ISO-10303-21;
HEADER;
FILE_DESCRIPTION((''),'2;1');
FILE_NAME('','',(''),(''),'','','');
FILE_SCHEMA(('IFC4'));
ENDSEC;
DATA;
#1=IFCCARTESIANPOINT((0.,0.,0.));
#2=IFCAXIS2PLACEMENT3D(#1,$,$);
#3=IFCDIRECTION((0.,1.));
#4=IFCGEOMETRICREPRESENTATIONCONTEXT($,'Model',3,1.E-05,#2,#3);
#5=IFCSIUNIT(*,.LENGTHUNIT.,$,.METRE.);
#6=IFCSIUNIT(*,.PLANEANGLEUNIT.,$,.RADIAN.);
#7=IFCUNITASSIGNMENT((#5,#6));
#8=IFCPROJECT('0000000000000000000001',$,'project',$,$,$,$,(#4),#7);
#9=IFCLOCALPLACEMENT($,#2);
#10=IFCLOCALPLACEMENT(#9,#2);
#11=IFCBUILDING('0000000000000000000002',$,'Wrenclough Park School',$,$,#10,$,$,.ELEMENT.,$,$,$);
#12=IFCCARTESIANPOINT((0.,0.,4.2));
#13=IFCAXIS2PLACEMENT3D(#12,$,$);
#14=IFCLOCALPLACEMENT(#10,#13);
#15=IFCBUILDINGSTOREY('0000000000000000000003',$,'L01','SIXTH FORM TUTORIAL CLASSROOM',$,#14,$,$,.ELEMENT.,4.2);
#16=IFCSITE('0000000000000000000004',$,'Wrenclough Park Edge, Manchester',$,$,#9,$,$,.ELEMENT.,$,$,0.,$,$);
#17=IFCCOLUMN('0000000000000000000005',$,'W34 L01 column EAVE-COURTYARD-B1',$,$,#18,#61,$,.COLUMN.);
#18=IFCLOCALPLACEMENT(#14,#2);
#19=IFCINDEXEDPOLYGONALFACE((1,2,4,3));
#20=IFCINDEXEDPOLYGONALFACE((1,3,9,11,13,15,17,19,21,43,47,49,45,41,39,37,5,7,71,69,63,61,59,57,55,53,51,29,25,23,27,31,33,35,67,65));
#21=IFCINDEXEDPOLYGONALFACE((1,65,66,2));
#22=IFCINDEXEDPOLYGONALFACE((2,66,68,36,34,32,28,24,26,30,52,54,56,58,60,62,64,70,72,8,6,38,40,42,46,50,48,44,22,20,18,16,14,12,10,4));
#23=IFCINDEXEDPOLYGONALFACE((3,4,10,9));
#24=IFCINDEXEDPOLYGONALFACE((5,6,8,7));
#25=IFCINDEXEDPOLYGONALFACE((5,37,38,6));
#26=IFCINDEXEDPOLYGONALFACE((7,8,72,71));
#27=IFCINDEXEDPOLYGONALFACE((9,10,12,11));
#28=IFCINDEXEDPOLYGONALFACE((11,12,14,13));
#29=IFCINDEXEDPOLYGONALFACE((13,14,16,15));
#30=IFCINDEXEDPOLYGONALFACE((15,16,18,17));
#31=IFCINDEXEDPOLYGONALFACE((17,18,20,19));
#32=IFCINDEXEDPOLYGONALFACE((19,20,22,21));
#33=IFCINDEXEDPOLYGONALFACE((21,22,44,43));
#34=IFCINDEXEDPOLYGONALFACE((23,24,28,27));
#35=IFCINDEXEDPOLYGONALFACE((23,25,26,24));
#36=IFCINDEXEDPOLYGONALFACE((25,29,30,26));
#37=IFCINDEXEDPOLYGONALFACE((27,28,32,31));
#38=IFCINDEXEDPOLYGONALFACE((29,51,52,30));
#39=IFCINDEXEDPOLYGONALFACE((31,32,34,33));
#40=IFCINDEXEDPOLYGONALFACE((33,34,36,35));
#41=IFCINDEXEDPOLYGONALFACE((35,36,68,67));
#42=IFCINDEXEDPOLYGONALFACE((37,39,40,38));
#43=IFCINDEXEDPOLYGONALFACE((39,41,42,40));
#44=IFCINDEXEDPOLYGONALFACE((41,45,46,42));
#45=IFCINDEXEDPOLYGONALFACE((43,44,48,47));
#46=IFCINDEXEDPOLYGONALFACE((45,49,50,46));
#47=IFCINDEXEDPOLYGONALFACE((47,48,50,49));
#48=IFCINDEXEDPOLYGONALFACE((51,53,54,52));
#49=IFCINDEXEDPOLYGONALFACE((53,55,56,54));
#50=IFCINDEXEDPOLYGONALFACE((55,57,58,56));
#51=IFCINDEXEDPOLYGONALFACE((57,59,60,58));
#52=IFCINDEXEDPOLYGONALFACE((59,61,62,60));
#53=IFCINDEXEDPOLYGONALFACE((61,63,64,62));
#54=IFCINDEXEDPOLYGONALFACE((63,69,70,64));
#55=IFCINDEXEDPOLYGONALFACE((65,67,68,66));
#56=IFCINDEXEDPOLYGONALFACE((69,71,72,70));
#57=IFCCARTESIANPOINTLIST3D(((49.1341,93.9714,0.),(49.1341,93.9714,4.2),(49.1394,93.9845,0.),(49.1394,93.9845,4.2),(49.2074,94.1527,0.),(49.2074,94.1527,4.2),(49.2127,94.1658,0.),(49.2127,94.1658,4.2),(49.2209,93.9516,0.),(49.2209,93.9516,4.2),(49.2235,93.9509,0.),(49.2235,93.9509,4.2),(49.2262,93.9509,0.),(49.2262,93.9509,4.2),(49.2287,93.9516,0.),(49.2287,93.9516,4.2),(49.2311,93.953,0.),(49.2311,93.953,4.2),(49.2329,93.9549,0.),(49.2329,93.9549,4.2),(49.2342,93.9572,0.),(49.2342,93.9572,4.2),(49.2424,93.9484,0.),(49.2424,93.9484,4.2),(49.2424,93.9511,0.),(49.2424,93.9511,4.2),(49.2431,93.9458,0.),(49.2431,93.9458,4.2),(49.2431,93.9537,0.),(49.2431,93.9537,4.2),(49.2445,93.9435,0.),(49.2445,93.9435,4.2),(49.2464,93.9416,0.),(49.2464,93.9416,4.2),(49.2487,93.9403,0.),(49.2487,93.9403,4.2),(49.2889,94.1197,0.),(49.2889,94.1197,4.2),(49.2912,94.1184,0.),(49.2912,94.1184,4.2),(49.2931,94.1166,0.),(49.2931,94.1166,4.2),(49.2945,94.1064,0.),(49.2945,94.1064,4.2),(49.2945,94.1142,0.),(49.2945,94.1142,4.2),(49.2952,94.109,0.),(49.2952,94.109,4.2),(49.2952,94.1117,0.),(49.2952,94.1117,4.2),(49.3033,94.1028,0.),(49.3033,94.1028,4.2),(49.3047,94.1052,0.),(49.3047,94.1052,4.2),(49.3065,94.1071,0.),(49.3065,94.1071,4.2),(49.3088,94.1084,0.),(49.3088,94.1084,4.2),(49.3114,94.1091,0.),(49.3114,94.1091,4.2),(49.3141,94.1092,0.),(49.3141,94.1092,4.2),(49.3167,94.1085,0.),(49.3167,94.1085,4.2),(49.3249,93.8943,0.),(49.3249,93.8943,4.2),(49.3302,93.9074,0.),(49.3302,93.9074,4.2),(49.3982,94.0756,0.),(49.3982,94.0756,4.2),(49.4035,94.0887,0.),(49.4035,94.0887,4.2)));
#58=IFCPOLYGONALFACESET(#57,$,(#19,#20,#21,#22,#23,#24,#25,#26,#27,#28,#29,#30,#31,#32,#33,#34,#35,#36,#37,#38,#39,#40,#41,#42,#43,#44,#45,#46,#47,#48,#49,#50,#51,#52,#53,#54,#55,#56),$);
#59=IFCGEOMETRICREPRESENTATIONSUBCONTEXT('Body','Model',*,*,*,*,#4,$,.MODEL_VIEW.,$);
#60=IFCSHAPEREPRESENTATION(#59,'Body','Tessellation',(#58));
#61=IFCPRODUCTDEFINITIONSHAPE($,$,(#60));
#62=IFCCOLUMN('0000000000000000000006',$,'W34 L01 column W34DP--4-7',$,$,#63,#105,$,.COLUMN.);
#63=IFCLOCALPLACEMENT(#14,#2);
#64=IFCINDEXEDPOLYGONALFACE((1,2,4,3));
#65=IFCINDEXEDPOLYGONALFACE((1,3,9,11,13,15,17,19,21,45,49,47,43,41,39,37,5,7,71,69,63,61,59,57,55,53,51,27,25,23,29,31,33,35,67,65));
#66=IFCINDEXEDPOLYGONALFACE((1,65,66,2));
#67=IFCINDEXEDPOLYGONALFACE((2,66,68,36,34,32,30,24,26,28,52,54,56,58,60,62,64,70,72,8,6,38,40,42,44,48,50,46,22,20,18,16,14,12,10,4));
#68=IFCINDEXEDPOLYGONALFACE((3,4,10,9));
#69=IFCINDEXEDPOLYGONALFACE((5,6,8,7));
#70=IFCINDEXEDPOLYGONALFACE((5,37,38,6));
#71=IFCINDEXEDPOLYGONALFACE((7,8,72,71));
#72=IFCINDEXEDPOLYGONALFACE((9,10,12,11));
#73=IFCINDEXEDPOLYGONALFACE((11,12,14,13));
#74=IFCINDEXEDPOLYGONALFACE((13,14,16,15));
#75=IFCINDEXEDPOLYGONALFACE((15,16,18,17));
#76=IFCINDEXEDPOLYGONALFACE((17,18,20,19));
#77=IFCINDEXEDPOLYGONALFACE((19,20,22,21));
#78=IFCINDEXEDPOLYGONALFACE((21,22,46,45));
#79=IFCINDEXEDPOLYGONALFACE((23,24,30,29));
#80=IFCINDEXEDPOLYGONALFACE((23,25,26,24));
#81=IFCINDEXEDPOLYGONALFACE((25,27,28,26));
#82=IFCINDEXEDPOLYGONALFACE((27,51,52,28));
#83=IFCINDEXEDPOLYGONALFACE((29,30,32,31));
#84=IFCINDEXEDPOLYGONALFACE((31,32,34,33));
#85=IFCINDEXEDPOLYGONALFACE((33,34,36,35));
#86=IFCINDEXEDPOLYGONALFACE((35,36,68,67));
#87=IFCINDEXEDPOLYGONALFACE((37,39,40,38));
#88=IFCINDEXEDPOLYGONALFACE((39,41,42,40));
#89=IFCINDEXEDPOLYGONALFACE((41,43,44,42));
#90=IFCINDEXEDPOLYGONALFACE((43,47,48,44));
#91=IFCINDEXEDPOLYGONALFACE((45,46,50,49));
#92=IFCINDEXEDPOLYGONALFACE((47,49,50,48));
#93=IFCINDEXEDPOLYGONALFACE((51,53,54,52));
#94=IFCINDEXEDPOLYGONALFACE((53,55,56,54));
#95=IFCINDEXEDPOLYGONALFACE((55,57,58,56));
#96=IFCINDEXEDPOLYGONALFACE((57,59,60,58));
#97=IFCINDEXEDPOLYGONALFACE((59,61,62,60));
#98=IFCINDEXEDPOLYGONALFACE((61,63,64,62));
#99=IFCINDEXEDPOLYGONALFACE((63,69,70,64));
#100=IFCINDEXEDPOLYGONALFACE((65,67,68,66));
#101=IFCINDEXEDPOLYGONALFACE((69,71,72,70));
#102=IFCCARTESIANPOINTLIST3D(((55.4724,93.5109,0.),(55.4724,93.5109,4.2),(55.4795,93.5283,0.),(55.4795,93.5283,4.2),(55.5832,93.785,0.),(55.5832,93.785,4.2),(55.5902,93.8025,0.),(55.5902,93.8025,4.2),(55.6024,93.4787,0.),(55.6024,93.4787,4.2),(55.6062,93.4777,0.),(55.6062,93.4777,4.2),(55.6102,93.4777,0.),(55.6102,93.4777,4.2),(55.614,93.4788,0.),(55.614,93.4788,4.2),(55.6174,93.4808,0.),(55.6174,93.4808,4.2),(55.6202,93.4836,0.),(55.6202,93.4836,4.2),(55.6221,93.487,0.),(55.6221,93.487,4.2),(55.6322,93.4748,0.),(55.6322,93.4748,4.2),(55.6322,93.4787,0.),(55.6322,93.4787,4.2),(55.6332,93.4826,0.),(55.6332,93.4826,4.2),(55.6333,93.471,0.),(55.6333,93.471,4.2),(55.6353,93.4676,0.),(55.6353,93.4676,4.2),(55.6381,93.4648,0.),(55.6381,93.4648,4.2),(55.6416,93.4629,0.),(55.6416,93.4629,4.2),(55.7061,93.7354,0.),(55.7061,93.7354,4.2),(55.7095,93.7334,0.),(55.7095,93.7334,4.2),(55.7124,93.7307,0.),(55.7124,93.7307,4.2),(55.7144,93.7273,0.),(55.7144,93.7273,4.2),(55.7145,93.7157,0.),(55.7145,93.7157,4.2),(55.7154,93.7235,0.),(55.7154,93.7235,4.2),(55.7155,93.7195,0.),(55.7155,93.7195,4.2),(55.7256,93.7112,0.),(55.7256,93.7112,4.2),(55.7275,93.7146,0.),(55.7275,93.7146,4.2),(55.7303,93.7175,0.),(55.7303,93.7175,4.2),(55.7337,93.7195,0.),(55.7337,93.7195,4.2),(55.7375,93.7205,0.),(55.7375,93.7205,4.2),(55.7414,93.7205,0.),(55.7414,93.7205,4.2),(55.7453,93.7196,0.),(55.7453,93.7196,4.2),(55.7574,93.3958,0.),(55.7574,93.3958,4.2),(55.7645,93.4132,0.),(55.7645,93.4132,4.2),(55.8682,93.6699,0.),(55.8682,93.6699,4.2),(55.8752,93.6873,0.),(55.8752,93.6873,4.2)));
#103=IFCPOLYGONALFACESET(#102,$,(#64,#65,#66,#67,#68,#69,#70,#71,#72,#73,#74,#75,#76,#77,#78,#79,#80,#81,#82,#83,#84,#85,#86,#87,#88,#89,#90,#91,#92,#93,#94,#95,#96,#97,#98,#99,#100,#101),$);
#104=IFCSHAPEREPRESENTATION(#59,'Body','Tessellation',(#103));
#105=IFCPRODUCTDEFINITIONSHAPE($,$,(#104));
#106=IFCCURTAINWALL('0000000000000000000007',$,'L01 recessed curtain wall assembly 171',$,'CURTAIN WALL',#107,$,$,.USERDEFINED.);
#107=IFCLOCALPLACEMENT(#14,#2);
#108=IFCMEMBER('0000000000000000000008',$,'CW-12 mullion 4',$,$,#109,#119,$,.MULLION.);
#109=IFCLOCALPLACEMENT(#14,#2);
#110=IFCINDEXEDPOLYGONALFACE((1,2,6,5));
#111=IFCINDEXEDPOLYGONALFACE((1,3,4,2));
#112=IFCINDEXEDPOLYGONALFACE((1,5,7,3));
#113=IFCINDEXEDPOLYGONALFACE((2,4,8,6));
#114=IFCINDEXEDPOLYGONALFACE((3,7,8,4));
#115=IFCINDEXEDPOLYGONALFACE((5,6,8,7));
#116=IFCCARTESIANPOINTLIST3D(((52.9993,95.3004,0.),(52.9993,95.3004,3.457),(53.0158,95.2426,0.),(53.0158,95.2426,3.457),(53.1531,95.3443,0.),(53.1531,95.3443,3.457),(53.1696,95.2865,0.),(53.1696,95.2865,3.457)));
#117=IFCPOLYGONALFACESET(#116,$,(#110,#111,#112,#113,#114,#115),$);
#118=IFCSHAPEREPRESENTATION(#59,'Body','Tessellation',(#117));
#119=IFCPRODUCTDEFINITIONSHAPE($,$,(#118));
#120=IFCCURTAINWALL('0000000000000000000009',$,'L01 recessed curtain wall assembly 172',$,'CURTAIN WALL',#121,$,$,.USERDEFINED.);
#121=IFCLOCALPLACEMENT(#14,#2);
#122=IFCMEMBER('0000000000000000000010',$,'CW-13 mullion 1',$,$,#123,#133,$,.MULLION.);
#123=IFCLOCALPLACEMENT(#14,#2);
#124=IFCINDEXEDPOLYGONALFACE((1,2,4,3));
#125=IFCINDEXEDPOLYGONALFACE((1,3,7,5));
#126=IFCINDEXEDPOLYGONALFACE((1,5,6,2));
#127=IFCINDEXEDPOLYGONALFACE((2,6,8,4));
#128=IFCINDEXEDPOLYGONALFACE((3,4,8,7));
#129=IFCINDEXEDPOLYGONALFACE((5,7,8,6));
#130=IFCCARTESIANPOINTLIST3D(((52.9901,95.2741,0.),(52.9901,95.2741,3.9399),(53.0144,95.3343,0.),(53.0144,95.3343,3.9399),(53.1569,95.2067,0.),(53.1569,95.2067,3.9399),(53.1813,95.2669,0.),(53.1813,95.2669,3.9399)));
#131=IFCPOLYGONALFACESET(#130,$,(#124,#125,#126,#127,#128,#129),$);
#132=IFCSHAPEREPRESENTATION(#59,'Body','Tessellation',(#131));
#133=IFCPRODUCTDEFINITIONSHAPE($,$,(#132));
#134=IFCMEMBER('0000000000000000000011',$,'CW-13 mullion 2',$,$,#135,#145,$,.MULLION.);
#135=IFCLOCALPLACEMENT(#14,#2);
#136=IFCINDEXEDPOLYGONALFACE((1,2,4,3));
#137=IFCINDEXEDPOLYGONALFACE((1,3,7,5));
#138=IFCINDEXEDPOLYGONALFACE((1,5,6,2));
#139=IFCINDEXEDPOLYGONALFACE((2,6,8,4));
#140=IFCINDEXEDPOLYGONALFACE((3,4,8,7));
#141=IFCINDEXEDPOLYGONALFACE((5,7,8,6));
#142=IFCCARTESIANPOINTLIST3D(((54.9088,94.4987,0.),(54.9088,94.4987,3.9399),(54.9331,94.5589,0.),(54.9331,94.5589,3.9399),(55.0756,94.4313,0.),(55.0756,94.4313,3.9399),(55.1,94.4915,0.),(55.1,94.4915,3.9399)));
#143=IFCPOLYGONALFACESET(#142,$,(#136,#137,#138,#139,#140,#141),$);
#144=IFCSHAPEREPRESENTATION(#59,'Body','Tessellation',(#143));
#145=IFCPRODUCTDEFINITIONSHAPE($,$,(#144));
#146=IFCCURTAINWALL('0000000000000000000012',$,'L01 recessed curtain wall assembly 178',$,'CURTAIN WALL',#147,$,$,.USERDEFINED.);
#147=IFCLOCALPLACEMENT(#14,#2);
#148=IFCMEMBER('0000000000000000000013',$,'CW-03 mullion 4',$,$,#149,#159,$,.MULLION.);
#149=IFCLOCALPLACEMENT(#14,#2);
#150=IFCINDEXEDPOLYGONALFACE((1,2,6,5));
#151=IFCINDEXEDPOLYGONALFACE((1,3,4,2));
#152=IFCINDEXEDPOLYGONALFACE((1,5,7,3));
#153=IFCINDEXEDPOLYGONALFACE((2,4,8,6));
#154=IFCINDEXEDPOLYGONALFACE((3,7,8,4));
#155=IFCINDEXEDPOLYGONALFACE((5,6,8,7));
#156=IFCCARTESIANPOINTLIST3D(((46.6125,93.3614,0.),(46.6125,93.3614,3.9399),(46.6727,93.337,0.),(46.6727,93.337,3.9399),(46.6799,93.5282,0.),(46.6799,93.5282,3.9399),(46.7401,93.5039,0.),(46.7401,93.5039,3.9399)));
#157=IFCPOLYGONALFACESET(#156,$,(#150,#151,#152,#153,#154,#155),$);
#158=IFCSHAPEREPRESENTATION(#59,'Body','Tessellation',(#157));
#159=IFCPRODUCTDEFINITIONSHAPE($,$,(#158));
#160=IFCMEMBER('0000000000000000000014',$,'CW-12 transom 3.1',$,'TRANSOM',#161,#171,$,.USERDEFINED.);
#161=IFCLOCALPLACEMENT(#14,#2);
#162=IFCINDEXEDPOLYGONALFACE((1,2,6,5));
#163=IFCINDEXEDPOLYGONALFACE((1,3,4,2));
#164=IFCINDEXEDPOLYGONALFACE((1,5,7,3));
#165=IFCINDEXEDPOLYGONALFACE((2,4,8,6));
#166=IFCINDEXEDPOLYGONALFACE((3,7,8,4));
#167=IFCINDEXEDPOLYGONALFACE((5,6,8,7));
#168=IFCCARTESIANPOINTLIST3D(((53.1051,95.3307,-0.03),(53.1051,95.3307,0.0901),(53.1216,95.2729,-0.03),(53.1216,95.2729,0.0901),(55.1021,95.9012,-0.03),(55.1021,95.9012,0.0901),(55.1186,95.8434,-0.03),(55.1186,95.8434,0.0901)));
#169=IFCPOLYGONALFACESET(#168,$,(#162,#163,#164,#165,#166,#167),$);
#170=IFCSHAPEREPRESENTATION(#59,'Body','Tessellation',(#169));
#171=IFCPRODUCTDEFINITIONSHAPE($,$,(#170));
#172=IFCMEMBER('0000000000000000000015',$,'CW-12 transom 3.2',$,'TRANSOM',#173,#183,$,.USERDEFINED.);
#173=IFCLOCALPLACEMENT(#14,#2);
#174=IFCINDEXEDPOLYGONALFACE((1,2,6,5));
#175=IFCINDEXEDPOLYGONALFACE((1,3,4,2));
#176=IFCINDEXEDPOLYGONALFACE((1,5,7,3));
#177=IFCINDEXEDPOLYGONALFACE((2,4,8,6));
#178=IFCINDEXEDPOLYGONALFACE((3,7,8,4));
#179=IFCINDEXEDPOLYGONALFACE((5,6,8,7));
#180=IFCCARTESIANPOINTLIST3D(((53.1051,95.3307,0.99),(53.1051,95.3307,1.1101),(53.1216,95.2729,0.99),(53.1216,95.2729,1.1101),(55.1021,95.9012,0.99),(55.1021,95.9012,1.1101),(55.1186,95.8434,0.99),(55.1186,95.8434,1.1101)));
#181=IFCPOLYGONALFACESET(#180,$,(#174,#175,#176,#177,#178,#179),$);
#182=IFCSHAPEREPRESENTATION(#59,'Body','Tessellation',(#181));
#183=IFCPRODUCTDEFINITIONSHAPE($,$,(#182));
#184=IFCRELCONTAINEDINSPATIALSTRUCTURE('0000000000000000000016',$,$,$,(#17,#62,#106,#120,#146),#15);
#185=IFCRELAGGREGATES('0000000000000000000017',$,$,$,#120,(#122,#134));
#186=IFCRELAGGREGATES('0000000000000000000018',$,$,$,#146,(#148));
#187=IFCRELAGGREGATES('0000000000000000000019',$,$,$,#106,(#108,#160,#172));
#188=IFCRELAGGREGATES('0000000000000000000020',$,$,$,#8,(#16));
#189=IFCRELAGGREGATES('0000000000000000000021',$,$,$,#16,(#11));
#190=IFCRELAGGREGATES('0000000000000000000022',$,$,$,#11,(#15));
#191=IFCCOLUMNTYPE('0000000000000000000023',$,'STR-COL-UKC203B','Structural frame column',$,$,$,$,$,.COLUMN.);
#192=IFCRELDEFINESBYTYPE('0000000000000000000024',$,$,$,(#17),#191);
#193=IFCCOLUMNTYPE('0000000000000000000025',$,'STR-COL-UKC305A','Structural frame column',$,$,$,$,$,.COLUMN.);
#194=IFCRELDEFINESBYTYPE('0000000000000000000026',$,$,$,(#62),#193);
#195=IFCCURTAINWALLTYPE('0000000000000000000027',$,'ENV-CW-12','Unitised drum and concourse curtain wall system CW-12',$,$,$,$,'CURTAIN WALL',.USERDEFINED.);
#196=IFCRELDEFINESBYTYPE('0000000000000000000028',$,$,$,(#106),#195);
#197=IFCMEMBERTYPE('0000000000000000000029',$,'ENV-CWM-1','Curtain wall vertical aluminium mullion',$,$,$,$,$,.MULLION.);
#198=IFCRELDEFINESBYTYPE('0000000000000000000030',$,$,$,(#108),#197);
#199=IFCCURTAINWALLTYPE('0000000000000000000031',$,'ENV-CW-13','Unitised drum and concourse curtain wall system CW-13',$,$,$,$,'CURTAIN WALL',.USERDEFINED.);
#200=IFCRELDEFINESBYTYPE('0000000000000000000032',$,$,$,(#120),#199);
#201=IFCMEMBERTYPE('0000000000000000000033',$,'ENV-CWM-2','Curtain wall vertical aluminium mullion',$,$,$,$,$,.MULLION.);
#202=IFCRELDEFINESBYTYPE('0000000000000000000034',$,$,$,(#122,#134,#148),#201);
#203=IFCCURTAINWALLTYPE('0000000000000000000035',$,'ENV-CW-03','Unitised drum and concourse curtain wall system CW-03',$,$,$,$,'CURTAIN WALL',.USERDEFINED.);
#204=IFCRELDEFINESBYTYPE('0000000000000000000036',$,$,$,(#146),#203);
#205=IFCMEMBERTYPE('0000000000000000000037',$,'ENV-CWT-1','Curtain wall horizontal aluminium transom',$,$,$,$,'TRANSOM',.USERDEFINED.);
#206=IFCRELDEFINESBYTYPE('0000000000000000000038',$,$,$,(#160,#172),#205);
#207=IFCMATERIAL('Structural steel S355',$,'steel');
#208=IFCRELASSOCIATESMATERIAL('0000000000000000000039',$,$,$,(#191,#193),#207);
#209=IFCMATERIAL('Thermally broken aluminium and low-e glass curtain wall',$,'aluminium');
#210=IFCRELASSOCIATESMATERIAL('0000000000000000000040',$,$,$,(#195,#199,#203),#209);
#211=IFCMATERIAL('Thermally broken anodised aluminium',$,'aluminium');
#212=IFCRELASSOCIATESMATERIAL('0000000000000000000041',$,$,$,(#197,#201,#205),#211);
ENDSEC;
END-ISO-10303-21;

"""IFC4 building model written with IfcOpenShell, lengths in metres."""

from ifc_helpers import new_model, si_unit, direction, frame, origin, origin_2d, place, context, subcontext, project, spatial, rectangle, i_section, extrude, material, material_profile, profile_set, type_object, element, aggregate, save


model = new_model("IFC4")

# Units and contexts
model_context = context("Model", 3, precision=1e-05, world=origin(), true_north=direction((0.0, 1.0)))
body_context = subcontext(model_context, "Body", "Model", "MODEL_VIEW")
ifc_project = project(units=[si_unit("LENGTHUNIT", "METRE"), si_unit("PLANEANGLEUNIT", "RADIAN")], contexts=[model_context])

# Site, building, storey
site_placement = place(None, origin())
site = spatial("IfcSite", under=ifc_project, at=site_placement, Name="Wrenclough Park Edge, Manchester", CompositionType="ELEMENT", RefElevation=0.0)
building_placement = place(site_placement, origin())
building = spatial("IfcBuilding", under=site, at=building_placement, Name="Wrenclough Park School", CompositionType="ELEMENT")
storey_placement = place(building_placement, frame((0.0, 0.0, 4.2)))
storey = spatial("IfcBuildingStorey", under=building, at=storey_placement, Name="L01", Description="SIXTH FORM TUTORIAL CLASSROOM", CompositionType="ELEMENT", Elevation=4.2)

# Columns
ifc_material_1 = material(Name="Structural steel S355", Category="steel")
ifc_material_profile_1 = material_profile(ifc_material_1, i_section(OverallWidth=0.2058, OverallDepth=0.2097, WebThickness=0.0095, FlangeThickness=0.0142, FilletRadius=0.0103, at=origin_2d()), Name="UKC 203x203x60")
ifc_profile_set_1 = profile_set([ifc_material_profile_1], Name="Structural steel S355")
column_type_1 = type_object("IfcColumnType", Name="STR-COL-UKC203B", Description="Structural frame column", PredefinedType="COLUMN", material=ifc_profile_set_1)
column_1_placement = place(storey_placement, frame((49.2688, 94.03, 0.0), z_axis=(0.0, 0.0, 1.0), x_axis=(0.927184, -0.374607, 0.0)))
element("IfcColumn", 1, at=column_1_placement, inside=storey, type_object=column_type_1, Name="W34 L01 column EAVE-COURTYARD-B1", PredefinedType="COLUMN", context=body_context, shape_type="SweptSolid", body=[
    extrude(i_section(OverallWidth=0.2058, OverallDepth=0.2097, WebThickness=0.0095, FlangeThickness=0.0142, FilletRadius=0.0103, at=origin_2d()), origin(), (0.0, 0.0, 1.0), 4.2),
])
ifc_material_profile_2 = material_profile(ifc_material_1, i_section(OverallWidth=0.3074, OverallDepth=0.3145, WebThickness=0.012, FlangeThickness=0.0188, FilletRadius=0.0151, at=origin_2d()), Name="UKC 305x305x118")
ifc_profile_set_2 = profile_set([ifc_material_profile_2], Name="Structural steel S355")
column_type_2 = type_object("IfcColumnType", Name="STR-COL-UKC305A", Description="Structural frame column", PredefinedType="COLUMN", material=ifc_profile_set_2)
column_2_placement = place(storey_placement, frame((55.6738, 93.5991, 0.0), z_axis=(0.0, 0.0, 1.0), x_axis=(0.927184, -0.374607, 0.0)))
element("IfcColumn", 2, at=column_2_placement, inside=storey, type_object=column_type_2, Name="W34 L01 column W34DP--4-7", PredefinedType="COLUMN", context=body_context, shape_type="SweptSolid", body=[
    extrude(i_section(OverallWidth=0.3074, OverallDepth=0.3145, WebThickness=0.012, FlangeThickness=0.0188, FilletRadius=0.0151, at=origin_2d()), origin(), (0.0, 0.0, 1.0), 4.2),
])

# Curtain wall, member
ifc_material_2 = material(Name="Thermally broken aluminium and low-e glass curtain wall", Category="aluminium")
curtain_wall_type_1 = type_object("IfcCurtainWallType", Name="ENV-CW-12", Description="Unitised drum and concourse curtain wall system CW-12", ElementType="CURTAIN WALL", PredefinedType="USERDEFINED", material=ifc_material_2)
curtain_wall_1_placement = place(storey_placement, origin())
curtain_wall_1 = element("IfcCurtainWall", 3, at=curtain_wall_1_placement, inside=storey, type_object=curtain_wall_type_1, Name="L01 recessed curtain wall assembly 171", ObjectType="CURTAIN WALL", PredefinedType="USERDEFINED")
ifc_material_3 = material(Name="Thermally broken anodised aluminium", Category="aluminium")
ifc_material_profile_3 = material_profile(ifc_material_3, rectangle(XDim=0.0601, YDim=0.1599, at=origin_2d()), Name="AL MULLION 60x160")
ifc_profile_set_3 = profile_set([ifc_material_profile_3], Name="Thermally broken anodised aluminium")
member_type_1 = type_object("IfcMemberType", Name="ENV-CWM-1", Description="Curtain wall vertical aluminium mullion", PredefinedType="MULLION", material=ifc_profile_set_3)
member_1_placement = place(storey_placement, frame((53.0845, 95.2935, 0.0), z_axis=(0.0, 0.0, 1.0), x_axis=(0.274723, -0.961523, 0.0)))
member_1 = element("IfcMember", 4, at=member_1_placement, type_object=member_type_1, Name="CW-12 mullion 4", PredefinedType="MULLION", context=body_context, shape_type="SweptSolid", body=[
    extrude(rectangle(XDim=0.0601, YDim=0.1599, at=origin_2d()), origin(), (0.0, 0.0, 1.0), 3.457),
])

# Curtain wall, members
curtain_wall_type_2 = type_object("IfcCurtainWallType", Name="ENV-CW-13", Description="Unitised drum and concourse curtain wall system CW-13", ElementType="CURTAIN WALL", PredefinedType="USERDEFINED", material=ifc_material_2)
curtain_wall_2_placement = place(storey_placement, origin())
curtain_wall_2 = element("IfcCurtainWall", 5, at=curtain_wall_2_placement, inside=storey, type_object=curtain_wall_type_2, Name="L01 recessed curtain wall assembly 172", ObjectType="CURTAIN WALL", PredefinedType="USERDEFINED")
ifc_material_profile_4 = material_profile(ifc_material_3, rectangle(XDim=0.0649, YDim=0.1799, at=origin_2d()), Name="AL MULLION 65x180")
ifc_profile_set_4 = profile_set([ifc_material_profile_4], Name="Thermally broken anodised aluminium")
member_type_2 = type_object("IfcMemberType", Name="ENV-CWM-2", Description="Curtain wall vertical aluminium mullion", PredefinedType="MULLION", material=ifc_profile_set_4)
member_2_placement = place(storey_placement, frame((53.0857, 95.2705, 0.0), z_axis=(0.0, 0.0, 1.0), x_axis=(0.374606, 0.927184, 0.0)))
member_2 = element("IfcMember", 6, at=member_2_placement, type_object=member_type_2, Name="CW-13 mullion 1", PredefinedType="MULLION", context=body_context, shape_type="SweptSolid", body=[
    extrude(rectangle(XDim=0.0649, YDim=0.1799, at=origin_2d()), origin(), (0.0, 0.0, 1.0), 3.9399),
])
member_3_placement = place(storey_placement, frame((55.0044, 94.4951, 0.0), z_axis=(0.0, 0.0, 1.0), x_axis=(0.374606, 0.927184, 0.0)))
member_3 = element("IfcMember", 7, at=member_3_placement, type_object=member_type_2, Name="CW-13 mullion 2", PredefinedType="MULLION", context=body_context, shape_type="SweptSolid", body=[
    extrude(rectangle(XDim=0.0649, YDim=0.1799, at=origin_2d()), origin(), (0.0, 0.0, 1.0), 3.9399),
])

# Curtain wall, member
curtain_wall_type_3 = type_object("IfcCurtainWallType", Name="ENV-CW-03", Description="Unitised drum and concourse curtain wall system CW-03", ElementType="CURTAIN WALL", PredefinedType="USERDEFINED", material=ifc_material_2)
curtain_wall_3_placement = place(storey_placement, origin())
curtain_wall_3 = element("IfcCurtainWall", 8, at=curtain_wall_3_placement, inside=storey, type_object=curtain_wall_type_3, Name="L01 recessed curtain wall assembly 178", ObjectType="CURTAIN WALL", PredefinedType="USERDEFINED")
member_4_placement = place(storey_placement, frame((46.6763, 93.4326, 0.0), z_axis=(0.0, 0.0, 1.0), x_axis=(-0.927185, 0.374604, 0.0)))
member_4 = element("IfcMember", 9, at=member_4_placement, type_object=member_type_2, Name="CW-03 mullion 4", PredefinedType="MULLION", context=body_context, shape_type="SweptSolid", body=[
    extrude(rectangle(XDim=0.0649, YDim=0.1799, at=origin_2d()), origin(), (0.0, 0.0, 1.0), 3.9399),
])

# Members
ifc_material_profile_5 = material_profile(ifc_material_3, rectangle(XDim=0.0601, YDim=0.1201, at=origin_2d()), Name="AL TRANSOM 60x120")
ifc_profile_set_5 = profile_set([ifc_material_profile_5], Name="Thermally broken anodised aluminium")
member_type_3 = type_object("IfcMemberType", Name="ENV-CWT-1", Description="Curtain wall horizontal aluminium transom", ElementType="TRANSOM", PredefinedType="USERDEFINED", material=ifc_profile_set_5)
member_5_placement = place(storey_placement, frame((55.1104, 95.8723, 0.03), z_axis=(-0.961528, -0.274706, 0.0), x_axis=(0.274706, -0.961528, 0.0)))
member_5 = element("IfcMember", 10, at=member_5_placement, type_object=member_type_3, Name="CW-12 transom 3.1", ObjectType="TRANSOM", PredefinedType="USERDEFINED", context=body_context, shape_type="SweptSolid", body=[
    extrude(rectangle(XDim=0.0601, YDim=0.1201, at=origin_2d()), origin(), (0.0, 0.0, 1.0), 2.0769),
])
member_6_placement = place(storey_placement, frame((55.1104, 95.8723, 1.05), z_axis=(-0.961528, -0.274706, 0.0), x_axis=(0.274706, -0.961528, 0.0)))
member_6 = element("IfcMember", 11, at=member_6_placement, type_object=member_type_3, Name="CW-12 transom 3.2", ObjectType="TRANSOM", PredefinedType="USERDEFINED", context=body_context, shape_type="SweptSolid", body=[
    extrude(rectangle(XDim=0.0601, YDim=0.1201, at=origin_2d()), origin(), (0.0, 0.0, 1.0), 2.0769),
])

aggregate(curtain_wall_2, [member_2, member_3])
aggregate(curtain_wall_3, [member_4])
aggregate(curtain_wall_1, [member_1, member_5, member_6])

save(model, "model.ifc")
